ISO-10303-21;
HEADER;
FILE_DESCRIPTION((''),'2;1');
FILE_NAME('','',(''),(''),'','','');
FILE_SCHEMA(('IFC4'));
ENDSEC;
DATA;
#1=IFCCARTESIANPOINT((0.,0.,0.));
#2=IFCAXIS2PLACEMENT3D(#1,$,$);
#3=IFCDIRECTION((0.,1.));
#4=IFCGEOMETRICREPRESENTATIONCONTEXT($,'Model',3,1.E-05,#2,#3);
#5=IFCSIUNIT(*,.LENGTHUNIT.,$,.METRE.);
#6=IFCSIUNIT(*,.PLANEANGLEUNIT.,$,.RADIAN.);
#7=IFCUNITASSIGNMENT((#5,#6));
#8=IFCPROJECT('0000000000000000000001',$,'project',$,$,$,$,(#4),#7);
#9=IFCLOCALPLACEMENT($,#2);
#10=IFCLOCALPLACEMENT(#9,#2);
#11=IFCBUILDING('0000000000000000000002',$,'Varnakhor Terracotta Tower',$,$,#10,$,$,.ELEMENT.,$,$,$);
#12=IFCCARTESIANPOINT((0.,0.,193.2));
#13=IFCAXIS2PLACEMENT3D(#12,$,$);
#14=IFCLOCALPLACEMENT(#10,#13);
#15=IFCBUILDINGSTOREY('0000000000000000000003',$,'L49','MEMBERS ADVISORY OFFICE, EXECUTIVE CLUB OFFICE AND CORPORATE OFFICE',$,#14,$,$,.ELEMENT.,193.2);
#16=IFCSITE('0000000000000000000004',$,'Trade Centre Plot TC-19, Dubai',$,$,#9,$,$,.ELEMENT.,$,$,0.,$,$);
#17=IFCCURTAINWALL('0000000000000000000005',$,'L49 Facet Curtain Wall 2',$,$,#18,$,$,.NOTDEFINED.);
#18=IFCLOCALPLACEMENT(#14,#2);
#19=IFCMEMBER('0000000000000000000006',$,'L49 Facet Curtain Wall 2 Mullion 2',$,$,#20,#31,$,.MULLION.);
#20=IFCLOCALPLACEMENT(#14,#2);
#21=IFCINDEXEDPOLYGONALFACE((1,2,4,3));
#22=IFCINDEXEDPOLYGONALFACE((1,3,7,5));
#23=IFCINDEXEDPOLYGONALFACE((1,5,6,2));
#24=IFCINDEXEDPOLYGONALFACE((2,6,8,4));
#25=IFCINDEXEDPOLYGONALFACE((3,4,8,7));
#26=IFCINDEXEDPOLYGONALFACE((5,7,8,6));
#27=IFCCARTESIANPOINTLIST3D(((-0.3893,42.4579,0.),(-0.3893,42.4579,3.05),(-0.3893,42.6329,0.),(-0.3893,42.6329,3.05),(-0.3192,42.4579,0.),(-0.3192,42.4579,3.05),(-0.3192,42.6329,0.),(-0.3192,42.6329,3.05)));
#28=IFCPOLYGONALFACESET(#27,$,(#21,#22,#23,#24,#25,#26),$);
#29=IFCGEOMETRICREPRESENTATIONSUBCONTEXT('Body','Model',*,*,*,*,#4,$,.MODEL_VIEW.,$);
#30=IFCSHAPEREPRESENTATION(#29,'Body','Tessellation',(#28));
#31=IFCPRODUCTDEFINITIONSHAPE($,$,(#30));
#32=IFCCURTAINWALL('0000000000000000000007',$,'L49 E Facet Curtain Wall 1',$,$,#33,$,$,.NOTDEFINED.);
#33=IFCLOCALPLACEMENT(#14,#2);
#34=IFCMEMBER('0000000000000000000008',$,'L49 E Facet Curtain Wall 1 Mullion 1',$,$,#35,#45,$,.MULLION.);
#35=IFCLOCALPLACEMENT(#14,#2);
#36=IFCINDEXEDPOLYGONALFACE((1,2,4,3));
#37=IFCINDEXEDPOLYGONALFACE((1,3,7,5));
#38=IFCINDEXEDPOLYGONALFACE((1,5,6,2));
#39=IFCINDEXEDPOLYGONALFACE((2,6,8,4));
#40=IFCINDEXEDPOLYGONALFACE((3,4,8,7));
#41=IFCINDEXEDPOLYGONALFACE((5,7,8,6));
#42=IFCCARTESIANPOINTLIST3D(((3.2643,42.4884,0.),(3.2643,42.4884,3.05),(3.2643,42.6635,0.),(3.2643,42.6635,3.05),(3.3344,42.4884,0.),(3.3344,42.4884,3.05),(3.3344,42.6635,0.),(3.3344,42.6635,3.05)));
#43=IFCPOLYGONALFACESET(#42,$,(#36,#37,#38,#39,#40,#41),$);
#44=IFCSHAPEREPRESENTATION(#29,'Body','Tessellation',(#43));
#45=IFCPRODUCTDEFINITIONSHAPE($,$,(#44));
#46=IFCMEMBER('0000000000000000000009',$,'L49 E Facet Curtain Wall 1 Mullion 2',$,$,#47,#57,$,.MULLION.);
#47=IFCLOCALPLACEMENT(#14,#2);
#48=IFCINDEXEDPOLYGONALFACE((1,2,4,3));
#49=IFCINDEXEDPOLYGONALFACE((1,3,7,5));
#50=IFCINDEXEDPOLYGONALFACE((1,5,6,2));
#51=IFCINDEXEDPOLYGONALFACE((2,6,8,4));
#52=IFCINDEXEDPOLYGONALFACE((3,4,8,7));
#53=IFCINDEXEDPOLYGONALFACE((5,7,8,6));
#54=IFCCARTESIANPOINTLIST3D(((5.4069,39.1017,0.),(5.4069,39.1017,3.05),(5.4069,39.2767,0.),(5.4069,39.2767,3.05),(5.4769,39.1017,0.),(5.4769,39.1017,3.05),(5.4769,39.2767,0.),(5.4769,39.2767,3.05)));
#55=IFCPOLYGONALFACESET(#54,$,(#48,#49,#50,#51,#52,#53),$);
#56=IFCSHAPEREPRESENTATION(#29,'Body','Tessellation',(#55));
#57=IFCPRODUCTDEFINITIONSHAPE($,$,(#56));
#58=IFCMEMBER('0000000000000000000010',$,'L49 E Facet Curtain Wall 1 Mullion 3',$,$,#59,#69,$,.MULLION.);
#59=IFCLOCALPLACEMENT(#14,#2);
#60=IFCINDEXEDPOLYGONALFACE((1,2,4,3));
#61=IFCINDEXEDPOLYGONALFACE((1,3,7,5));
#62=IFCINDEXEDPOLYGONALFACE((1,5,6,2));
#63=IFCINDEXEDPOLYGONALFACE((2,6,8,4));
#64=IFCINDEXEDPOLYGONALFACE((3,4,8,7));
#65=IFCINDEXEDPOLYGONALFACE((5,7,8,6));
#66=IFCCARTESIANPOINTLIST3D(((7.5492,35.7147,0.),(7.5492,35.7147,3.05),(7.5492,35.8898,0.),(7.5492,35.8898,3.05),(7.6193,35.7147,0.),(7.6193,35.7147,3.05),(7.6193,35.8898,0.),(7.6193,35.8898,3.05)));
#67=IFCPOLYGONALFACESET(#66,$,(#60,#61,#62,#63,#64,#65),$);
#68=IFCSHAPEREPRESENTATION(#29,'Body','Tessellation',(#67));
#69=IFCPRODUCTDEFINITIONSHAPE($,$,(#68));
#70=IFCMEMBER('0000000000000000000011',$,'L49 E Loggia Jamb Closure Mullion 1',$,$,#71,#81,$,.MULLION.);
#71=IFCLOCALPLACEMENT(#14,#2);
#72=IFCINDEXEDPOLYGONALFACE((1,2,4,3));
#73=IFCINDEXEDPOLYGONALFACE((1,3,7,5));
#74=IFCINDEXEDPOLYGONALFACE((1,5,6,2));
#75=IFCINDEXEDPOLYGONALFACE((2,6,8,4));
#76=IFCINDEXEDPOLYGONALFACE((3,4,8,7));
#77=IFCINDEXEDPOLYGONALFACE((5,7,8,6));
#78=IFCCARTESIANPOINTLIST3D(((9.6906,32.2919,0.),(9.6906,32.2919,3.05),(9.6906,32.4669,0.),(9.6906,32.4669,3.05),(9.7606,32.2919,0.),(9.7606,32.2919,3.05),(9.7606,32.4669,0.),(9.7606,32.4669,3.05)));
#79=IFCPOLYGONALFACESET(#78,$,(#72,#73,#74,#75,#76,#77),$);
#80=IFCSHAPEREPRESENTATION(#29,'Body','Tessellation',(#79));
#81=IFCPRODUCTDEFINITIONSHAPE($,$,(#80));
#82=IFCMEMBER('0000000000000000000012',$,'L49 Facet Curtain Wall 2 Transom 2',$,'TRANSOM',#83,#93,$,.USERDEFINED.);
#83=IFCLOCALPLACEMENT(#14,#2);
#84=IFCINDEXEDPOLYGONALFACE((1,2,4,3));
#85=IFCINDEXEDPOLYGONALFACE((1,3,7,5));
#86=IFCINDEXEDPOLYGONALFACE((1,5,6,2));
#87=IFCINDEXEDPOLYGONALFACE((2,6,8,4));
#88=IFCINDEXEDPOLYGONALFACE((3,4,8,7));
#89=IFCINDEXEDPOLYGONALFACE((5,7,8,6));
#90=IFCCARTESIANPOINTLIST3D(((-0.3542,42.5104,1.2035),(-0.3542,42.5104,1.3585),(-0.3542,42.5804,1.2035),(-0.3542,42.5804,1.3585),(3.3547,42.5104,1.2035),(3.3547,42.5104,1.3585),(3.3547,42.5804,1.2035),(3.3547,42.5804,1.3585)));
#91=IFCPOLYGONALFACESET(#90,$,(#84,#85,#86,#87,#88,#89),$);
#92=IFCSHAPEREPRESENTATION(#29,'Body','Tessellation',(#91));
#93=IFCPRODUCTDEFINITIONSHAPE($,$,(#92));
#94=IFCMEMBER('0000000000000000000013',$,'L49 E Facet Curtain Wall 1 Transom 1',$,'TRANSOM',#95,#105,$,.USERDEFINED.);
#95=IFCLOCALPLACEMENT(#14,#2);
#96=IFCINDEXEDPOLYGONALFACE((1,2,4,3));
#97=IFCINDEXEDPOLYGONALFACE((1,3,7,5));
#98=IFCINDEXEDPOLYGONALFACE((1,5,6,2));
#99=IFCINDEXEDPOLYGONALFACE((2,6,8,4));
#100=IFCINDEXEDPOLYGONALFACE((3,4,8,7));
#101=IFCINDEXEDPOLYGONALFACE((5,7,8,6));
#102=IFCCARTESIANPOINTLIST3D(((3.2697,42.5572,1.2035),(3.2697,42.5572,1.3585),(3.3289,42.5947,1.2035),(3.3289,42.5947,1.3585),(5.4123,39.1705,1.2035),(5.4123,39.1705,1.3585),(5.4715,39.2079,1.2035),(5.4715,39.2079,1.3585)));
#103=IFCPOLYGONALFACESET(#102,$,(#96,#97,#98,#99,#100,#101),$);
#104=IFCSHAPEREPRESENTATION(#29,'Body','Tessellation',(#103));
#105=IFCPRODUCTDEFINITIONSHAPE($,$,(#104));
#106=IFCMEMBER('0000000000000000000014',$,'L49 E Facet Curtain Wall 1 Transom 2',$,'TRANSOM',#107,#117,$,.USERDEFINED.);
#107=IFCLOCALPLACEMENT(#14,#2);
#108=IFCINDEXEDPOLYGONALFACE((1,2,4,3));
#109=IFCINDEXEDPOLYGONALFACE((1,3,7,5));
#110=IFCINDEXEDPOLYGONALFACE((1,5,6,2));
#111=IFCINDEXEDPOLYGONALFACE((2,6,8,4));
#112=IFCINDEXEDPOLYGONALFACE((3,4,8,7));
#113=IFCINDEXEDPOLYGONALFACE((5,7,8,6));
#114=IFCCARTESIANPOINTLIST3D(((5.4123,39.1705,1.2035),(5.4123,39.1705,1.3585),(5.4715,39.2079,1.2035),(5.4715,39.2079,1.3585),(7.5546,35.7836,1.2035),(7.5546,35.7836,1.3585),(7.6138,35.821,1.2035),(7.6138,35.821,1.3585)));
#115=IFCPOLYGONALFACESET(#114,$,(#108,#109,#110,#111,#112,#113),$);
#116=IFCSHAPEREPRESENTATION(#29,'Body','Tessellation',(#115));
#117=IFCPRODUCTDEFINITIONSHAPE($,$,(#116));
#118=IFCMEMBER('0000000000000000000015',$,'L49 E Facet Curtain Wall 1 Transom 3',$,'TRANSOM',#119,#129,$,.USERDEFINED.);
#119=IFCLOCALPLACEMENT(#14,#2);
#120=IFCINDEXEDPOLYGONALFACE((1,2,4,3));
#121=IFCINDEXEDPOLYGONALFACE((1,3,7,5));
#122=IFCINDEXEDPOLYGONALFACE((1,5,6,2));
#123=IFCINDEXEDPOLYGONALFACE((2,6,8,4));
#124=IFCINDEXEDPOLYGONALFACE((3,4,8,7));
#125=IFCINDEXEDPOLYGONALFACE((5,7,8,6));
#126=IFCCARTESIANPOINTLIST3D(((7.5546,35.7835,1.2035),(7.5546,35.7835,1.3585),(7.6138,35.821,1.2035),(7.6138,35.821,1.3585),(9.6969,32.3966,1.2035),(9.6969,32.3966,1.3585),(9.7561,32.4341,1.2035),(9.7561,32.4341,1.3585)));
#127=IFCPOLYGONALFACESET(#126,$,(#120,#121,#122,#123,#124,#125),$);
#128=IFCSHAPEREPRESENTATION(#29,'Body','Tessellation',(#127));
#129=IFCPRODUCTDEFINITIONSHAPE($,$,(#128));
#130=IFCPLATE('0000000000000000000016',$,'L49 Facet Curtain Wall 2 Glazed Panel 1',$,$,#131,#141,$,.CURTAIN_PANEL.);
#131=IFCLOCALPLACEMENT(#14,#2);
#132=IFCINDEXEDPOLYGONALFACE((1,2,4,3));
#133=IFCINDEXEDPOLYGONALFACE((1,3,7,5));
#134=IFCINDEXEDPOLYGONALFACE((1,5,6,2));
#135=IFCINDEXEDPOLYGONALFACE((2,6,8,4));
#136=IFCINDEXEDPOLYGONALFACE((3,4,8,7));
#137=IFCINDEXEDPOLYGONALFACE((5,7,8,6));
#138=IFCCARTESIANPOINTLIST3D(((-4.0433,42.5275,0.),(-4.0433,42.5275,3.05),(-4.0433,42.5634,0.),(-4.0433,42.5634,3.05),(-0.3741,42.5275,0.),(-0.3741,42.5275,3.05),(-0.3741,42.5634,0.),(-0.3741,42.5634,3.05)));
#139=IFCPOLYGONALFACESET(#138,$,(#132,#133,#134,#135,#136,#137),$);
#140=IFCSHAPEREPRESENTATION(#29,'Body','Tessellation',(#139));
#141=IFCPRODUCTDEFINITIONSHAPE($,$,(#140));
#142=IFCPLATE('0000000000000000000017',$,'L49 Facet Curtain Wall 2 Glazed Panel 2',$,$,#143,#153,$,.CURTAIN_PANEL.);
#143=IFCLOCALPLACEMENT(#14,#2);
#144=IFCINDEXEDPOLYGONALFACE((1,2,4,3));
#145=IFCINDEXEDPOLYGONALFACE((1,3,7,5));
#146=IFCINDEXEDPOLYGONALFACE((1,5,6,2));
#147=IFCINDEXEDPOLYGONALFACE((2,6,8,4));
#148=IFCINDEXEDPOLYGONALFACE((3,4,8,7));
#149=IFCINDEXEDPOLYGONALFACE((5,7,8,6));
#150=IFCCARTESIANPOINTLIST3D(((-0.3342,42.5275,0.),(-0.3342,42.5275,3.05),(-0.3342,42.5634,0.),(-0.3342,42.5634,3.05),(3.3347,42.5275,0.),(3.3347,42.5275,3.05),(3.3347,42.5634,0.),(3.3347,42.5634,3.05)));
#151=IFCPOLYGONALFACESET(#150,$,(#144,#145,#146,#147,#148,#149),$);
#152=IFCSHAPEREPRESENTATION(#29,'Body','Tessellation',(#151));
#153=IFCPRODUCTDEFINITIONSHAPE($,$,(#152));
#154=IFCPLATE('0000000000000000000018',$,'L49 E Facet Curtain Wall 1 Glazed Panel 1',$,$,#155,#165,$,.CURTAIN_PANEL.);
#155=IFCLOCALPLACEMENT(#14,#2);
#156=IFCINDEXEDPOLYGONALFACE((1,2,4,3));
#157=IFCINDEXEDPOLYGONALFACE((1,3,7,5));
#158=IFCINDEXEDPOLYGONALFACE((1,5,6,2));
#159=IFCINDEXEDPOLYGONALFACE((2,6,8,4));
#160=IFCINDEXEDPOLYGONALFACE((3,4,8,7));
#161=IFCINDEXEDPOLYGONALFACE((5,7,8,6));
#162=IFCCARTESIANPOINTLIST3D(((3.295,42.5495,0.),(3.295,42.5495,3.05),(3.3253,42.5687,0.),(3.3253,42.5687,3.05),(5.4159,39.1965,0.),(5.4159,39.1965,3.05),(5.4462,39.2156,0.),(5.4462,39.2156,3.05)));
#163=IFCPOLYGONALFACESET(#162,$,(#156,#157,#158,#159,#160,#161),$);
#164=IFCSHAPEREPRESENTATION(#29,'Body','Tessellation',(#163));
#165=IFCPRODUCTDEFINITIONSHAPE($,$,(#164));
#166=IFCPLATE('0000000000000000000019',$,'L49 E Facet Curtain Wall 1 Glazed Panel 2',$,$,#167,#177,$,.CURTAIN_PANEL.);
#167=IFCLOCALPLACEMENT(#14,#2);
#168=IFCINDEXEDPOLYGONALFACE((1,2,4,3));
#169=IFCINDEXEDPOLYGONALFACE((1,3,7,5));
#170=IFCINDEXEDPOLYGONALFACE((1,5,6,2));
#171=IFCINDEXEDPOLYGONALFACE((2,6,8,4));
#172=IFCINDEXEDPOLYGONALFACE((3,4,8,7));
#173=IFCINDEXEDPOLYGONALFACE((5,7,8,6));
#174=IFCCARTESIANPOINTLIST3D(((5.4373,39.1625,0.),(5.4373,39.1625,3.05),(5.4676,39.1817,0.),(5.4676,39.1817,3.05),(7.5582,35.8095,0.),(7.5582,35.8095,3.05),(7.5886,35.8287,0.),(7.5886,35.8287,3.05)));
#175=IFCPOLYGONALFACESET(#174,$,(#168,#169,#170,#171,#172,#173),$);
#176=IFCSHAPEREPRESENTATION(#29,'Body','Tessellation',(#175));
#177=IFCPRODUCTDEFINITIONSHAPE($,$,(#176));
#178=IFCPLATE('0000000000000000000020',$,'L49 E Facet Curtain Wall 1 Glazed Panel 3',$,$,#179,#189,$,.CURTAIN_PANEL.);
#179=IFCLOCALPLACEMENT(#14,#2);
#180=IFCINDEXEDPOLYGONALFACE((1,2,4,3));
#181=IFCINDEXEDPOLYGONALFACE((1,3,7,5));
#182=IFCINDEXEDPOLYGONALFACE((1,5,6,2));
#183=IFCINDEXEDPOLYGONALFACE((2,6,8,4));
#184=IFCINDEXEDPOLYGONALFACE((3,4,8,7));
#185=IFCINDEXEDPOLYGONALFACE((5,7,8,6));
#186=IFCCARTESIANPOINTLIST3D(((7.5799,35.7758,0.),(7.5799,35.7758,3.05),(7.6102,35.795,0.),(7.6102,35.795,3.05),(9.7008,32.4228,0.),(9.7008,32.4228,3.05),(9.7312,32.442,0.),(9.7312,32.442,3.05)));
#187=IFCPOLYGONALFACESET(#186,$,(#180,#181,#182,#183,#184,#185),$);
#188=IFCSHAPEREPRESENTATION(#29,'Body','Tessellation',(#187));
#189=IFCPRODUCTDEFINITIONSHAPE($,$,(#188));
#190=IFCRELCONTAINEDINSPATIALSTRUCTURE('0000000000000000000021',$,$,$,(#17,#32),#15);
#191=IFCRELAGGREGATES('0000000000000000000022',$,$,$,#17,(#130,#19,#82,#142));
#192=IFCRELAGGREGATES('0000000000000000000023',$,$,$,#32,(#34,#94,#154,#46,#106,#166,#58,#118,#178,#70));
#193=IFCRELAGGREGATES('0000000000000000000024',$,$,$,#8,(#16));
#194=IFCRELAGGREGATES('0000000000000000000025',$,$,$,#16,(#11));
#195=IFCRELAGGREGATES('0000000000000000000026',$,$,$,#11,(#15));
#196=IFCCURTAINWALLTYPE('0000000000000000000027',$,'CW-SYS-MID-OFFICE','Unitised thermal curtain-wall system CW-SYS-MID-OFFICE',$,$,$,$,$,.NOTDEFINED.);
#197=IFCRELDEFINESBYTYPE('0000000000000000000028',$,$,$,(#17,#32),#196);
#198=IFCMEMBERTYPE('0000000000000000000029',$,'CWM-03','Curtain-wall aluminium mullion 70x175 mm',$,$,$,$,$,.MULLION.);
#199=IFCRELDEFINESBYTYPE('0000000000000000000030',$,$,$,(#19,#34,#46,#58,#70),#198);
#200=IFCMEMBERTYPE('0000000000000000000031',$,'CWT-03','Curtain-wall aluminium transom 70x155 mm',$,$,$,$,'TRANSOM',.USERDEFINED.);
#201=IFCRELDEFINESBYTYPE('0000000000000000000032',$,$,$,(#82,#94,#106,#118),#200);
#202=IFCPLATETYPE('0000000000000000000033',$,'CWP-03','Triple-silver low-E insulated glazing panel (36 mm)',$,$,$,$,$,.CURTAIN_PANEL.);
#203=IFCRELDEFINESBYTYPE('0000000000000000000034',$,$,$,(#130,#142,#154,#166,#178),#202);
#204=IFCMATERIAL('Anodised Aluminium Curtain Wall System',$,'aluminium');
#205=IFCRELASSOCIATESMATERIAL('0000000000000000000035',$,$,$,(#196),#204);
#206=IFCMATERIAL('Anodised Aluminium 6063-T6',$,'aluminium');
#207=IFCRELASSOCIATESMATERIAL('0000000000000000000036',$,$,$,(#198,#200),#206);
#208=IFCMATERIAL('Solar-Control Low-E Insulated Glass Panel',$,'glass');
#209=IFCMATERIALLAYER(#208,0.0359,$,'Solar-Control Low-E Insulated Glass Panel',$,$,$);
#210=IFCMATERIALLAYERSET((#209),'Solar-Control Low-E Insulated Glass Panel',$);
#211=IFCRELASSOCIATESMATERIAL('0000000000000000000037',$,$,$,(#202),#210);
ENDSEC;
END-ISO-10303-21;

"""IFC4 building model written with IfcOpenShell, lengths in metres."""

from ifc_helpers import new_model, si_unit, direction, frame, origin, origin_2d, place, context, subcontext, project, spatial, rectangle, extrude, source, transform, mapped, material, layer, layer_set, material_profile, profile_set, type_object, element, aggregate, save


model = new_model("IFC4")

# Units and contexts
model_context = context("Model", 3, precision=1e-05, world=origin(), true_north=direction((0.0, 1.0)))
body_context = subcontext(model_context, "Body", "Model", "MODEL_VIEW")
ifc_project = project(units=[si_unit("LENGTHUNIT", "METRE"), si_unit("PLANEANGLEUNIT", "RADIAN")], contexts=[model_context])

# Site, building, storey
site_placement = place(None, origin())
site = spatial("IfcSite", under=ifc_project, at=site_placement, Name="Trade Centre Plot TC-19, Dubai", CompositionType="ELEMENT", RefElevation=0.0)
building_placement = place(site_placement, origin())
building = spatial("IfcBuilding", under=site, at=building_placement, Name="Varnakhor Terracotta Tower", CompositionType="ELEMENT")
storey_placement = place(building_placement, frame((0.0, 0.0, 193.2)))
storey = spatial("IfcBuildingStorey", under=building, at=storey_placement, Name="L49", Description="MEMBERS ADVISORY OFFICE, EXECUTIVE CLUB OFFICE AND CORPORATE OFFICE", CompositionType="ELEMENT", Elevation=193.2)

# Curtain wall, member
ifc_material_1 = material(Name="Anodised Aluminium Curtain Wall System", Category="aluminium")
curtain_wall_type = type_object("IfcCurtainWallType", Name="CW-SYS-MID-OFFICE", Description="Unitised thermal curtain-wall system CW-SYS-MID-OFFICE", PredefinedType="NOTDEFINED", material=ifc_material_1)
curtain_wall_1_placement = place(storey_placement, origin())
curtain_wall_1 = element("IfcCurtainWall", 1, at=curtain_wall_1_placement, inside=storey, type_object=curtain_wall_type, Name="L49 Facet Curtain Wall 2", PredefinedType="NOTDEFINED")
ifc_material_2 = material(Name="Anodised Aluminium 6063-T6", Category="aluminium")
ifc_material_profile_1 = material_profile(ifc_material_2, rectangle(XDim=0.0701, YDim=0.175, at=origin_2d()), Name="ALU MULLION 70x175")
ifc_profile_set_1 = profile_set([ifc_material_profile_1], Name="Anodised Aluminium 6063-T6")
member_type_1 = type_object("IfcMemberType", Name="CWM-03", Description="Curtain-wall aluminium mullion 70x175 mm", PredefinedType="MULLION", material=ifc_profile_set_1)
shared_shape_1 = source(origin(), body_context, "Body", "SweptSolid", [
    extrude(rectangle(XDim=0.0701, YDim=0.175, at=origin_2d()), origin(), (0.0, 0.0, 1.0), 3.05),
])
member_1_placement = place(storey_placement, frame((-0.3542, 42.5454, 0.0), z_axis=(0.0, 0.0, 1.0), x_axis=(1.0, 0.0, 0.0)))
member_1 = element("IfcMember", 2, at=member_1_placement, type_object=member_type_1, Name="L49 Facet Curtain Wall 2 Mullion 2", PredefinedType="MULLION", context=body_context, shape_type="MappedRepresentation", body=[
    mapped(shared_shape_1, transform((0.0, 0.0, 0.0), scale=1.0)),
])

# Curtain wall, members
curtain_wall_2_placement = place(storey_placement, origin())
curtain_wall_2 = element("IfcCurtainWall", 3, at=curtain_wall_2_placement, inside=storey, type_object=curtain_wall_type, Name="L49 E Facet Curtain Wall 1", PredefinedType="NOTDEFINED")
member_2_placement = place(storey_placement, frame((3.2993, 42.5759, 0.0), z_axis=(0.0, 0.0, 1.0), x_axis=(1.0, 0.0, 0.0)))
member_2 = element("IfcMember", 4, at=member_2_placement, type_object=member_type_1, Name="L49 E Facet Curtain Wall 1 Mullion 1", PredefinedType="MULLION", context=body_context, shape_type="MappedRepresentation", body=[
    mapped(shared_shape_1, transform((0.0, 0.0, 0.0), scale=1.0)),
])
member_3_placement = place(storey_placement, frame((5.4419, 39.1892, 0.0), z_axis=(0.0, 0.0, 1.0), x_axis=(1.0, 0.0, 0.0)))
member_3 = element("IfcMember", 5, at=member_3_placement, type_object=member_type_1, Name="L49 E Facet Curtain Wall 1 Mullion 2", PredefinedType="MULLION", context=body_context, shape_type="MappedRepresentation", body=[
    mapped(shared_shape_1, transform((0.0, 0.0, 0.0), scale=1.0)),
])
member_4_placement = place(storey_placement, frame((7.5842, 35.8022, 0.0), z_axis=(0.0, 0.0, 1.0), x_axis=(1.0, 0.0, 0.0)))
member_4 = element("IfcMember", 6, at=member_4_placement, type_object=member_type_1, Name="L49 E Facet Curtain Wall 1 Mullion 3", PredefinedType="MULLION", context=body_context, shape_type="MappedRepresentation", body=[
    mapped(shared_shape_1, transform((0.0, 0.0, 0.0), scale=1.0)),
])
member_5_placement = place(storey_placement, frame((9.7256, 32.3794, 0.0), z_axis=(0.0, 0.0, 1.0), x_axis=(1.0, 0.0, 0.0)))
member_5 = element("IfcMember", 7, at=member_5_placement, type_object=member_type_1, Name="L49 E Loggia Jamb Closure Mullion 1", PredefinedType="MULLION", context=body_context, shape_type="MappedRepresentation", body=[
    mapped(shared_shape_1, transform((0.0, 0.0, 0.0), scale=1.0)),
])

# Members
ifc_material_profile_2 = material_profile(ifc_material_2, rectangle(XDim=0.0701, YDim=0.155, at=origin_2d()), Name="ALU TRANSOM 70x155")
ifc_profile_set_2 = profile_set([ifc_material_profile_2], Name="Anodised Aluminium 6063-T6")
member_type_2 = type_object("IfcMemberType", Name="CWT-03", Description="Curtain-wall aluminium transom 70x155 mm", ElementType="TRANSOM", PredefinedType="USERDEFINED", material=ifc_profile_set_2)
shared_shape_2 = source(origin(), body_context, "Body", "SweptSolid", [
    extrude(rectangle(XDim=0.0701, YDim=0.155, at=origin_2d()), origin(), (0.0, 0.0, 1.0), 3.709),
])
member_6_placement = place(storey_placement, frame((-0.3542, 42.5454, 1.281), z_axis=(1.0, 0.0, 0.0), x_axis=(0.0, 1.0, 0.0)))
member_6 = element("IfcMember", 8, at=member_6_placement, type_object=member_type_2, Name="L49 Facet Curtain Wall 2 Transom 2", ObjectType="TRANSOM", PredefinedType="USERDEFINED", context=body_context, shape_type="MappedRepresentation", body=[
    mapped(shared_shape_2, transform((0.0, 0.0, 0.0), scale=1.0)),
])
shared_shape_3 = source(origin(), body_context, "Body", "SweptSolid", [
    extrude(rectangle(XDim=0.0701, YDim=0.155, at=origin_2d()), origin(), (0.0, 0.0, 1.0), 4.0076),
])
member_7_placement = place(storey_placement, frame((3.2993, 42.5759, 1.281), z_axis=(0.534635, -0.845083, 0.0), x_axis=(0.845083, 0.534635, 0.0)))
member_7 = element("IfcMember", 9, at=member_7_placement, type_object=member_type_2, Name="L49 E Facet Curtain Wall 1 Transom 1", ObjectType="TRANSOM", PredefinedType="USERDEFINED", context=body_context, shape_type="MappedRepresentation", body=[
    mapped(shared_shape_3, transform((0.0, 0.0, 0.0), scale=1.0)),
])
member_8_placement = place(storey_placement, frame((5.4419, 39.1892, 1.281), z_axis=(0.534564, -0.845128, 0.0), x_axis=(0.845128, 0.534564, 0.0)))
member_8 = element("IfcMember", 10, at=member_8_placement, type_object=member_type_2, Name="L49 E Facet Curtain Wall 1 Transom 2", ObjectType="TRANSOM", PredefinedType="USERDEFINED", context=body_context, shape_type="MappedRepresentation", body=[
    mapped(shared_shape_3, transform((0.0, 0.0, 0.0), scale=1.0)),
])
member_9_placement = place(storey_placement, frame((7.5842, 35.8022, 1.281), z_axis=(0.534564, -0.845128, 0.0), x_axis=(0.845128, 0.534564, 0.0)))
member_9 = element("IfcMember", 11, at=member_9_placement, type_object=member_type_2, Name="L49 E Facet Curtain Wall 1 Transom 3", ObjectType="TRANSOM", PredefinedType="USERDEFINED", context=body_context, shape_type="MappedRepresentation", body=[
    mapped(shared_shape_3, transform((0.0, 0.0, 0.0), scale=1.0)),
])

# Plates
ifc_material_3 = material(Name="Solar-Control Low-E Insulated Glass Panel", Category="glass")
ifc_layer_1 = layer(ifc_material_3, 0.0359, Name="Solar-Control Low-E Insulated Glass Panel")
ifc_layer_set_1 = layer_set([ifc_layer_1], Name="Solar-Control Low-E Insulated Glass Panel")
plate_type = type_object("IfcPlateType", Name="CWP-03", Description="Triple-silver low-E insulated glazing panel (36 mm)", PredefinedType="CURTAIN_PANEL", material=ifc_layer_set_1)
shared_shape_4 = source(origin(), body_context, "Body", "SweptSolid", [
    extrude(rectangle(XDim=3.6692, YDim=0.0359, at=origin_2d()), origin(), (0.0, 0.0, 1.0), 3.05),
])
plate_1_placement = place(storey_placement, frame((-2.2087, 42.5454, 0.0), z_axis=(0.0, 0.0, 1.0), x_axis=(1.0, 0.0, 0.0)))
plate_1 = element("IfcPlate", 12, at=plate_1_placement, type_object=plate_type, Name="L49 Facet Curtain Wall 2 Glazed Panel 1", PredefinedType="CURTAIN_PANEL", context=body_context, shape_type="MappedRepresentation", body=[
    mapped(shared_shape_4, transform((0.0, 0.0, 0.0), scale=1.0)),
])
shared_shape_5 = source(origin(), body_context, "Body", "SweptSolid", [
    extrude(rectangle(XDim=3.6689, YDim=0.0359, at=origin_2d()), origin(), (0.0, 0.0, 1.0), 3.05),
])
plate_2_placement = place(storey_placement, frame((1.5002, 42.5454, 0.0), z_axis=(0.0, 0.0, 1.0), x_axis=(1.0, 0.0, 0.0)))
plate_2 = element("IfcPlate", 13, at=plate_2_placement, type_object=plate_type, Name="L49 Facet Curtain Wall 2 Glazed Panel 2", PredefinedType="CURTAIN_PANEL", context=body_context, shape_type="MappedRepresentation", body=[
    mapped(shared_shape_5, transform((0.0, 0.0, 0.0), scale=1.0)),
])
aggregate(curtain_wall_1, [plate_1, member_1, member_6, plate_2])
shared_shape_6 = source(origin(), body_context, "Body", "SweptSolid", [
    extrude(rectangle(XDim=3.9675, YDim=0.0359, at=origin_2d()), origin(), (0.0, 0.0, 1.0), 3.05),
])
plate_3_placement = place(storey_placement, frame((4.3706, 40.8826, 0.0), z_axis=(0.0, 0.0, 1.0), x_axis=(0.534574, -0.845122, 0.0)))
plate_3 = element("IfcPlate", 14, at=plate_3_placement, type_object=plate_type, Name="L49 E Facet Curtain Wall 1 Glazed Panel 1", PredefinedType="CURTAIN_PANEL", context=body_context, shape_type="MappedRepresentation", body=[
    mapped(shared_shape_6, transform((0.0, 0.0, 0.0), scale=1.0)),
])
plate_4_placement = place(storey_placement, frame((6.5129, 37.4956, 0.0), z_axis=(0.0, 0.0, 1.0), x_axis=(0.534574, -0.845122, 0.0)))
plate_4 = element("IfcPlate", 15, at=plate_4_placement, type_object=plate_type, Name="L49 E Facet Curtain Wall 1 Glazed Panel 2", PredefinedType="CURTAIN_PANEL", context=body_context, shape_type="MappedRepresentation", body=[
    mapped(shared_shape_6, transform((0.0, 0.0, 0.0), scale=1.0)),
])
plate_5_placement = place(storey_placement, frame((8.6555, 34.1089, 0.0), z_axis=(0.0, 0.0, 1.0), x_axis=(0.534574, -0.845122, 0.0)))
plate_5 = element("IfcPlate", 16, at=plate_5_placement, type_object=plate_type, Name="L49 E Facet Curtain Wall 1 Glazed Panel 3", PredefinedType="CURTAIN_PANEL", context=body_context, shape_type="MappedRepresentation", body=[
    mapped(shared_shape_6, transform((0.0, 0.0, 0.0), scale=1.0)),
])
aggregate(curtain_wall_2, [member_2, member_7, plate_3, member_3, member_8, plate_4, member_4, member_9, plate_5, member_5])

save(model, "model.ifc")
